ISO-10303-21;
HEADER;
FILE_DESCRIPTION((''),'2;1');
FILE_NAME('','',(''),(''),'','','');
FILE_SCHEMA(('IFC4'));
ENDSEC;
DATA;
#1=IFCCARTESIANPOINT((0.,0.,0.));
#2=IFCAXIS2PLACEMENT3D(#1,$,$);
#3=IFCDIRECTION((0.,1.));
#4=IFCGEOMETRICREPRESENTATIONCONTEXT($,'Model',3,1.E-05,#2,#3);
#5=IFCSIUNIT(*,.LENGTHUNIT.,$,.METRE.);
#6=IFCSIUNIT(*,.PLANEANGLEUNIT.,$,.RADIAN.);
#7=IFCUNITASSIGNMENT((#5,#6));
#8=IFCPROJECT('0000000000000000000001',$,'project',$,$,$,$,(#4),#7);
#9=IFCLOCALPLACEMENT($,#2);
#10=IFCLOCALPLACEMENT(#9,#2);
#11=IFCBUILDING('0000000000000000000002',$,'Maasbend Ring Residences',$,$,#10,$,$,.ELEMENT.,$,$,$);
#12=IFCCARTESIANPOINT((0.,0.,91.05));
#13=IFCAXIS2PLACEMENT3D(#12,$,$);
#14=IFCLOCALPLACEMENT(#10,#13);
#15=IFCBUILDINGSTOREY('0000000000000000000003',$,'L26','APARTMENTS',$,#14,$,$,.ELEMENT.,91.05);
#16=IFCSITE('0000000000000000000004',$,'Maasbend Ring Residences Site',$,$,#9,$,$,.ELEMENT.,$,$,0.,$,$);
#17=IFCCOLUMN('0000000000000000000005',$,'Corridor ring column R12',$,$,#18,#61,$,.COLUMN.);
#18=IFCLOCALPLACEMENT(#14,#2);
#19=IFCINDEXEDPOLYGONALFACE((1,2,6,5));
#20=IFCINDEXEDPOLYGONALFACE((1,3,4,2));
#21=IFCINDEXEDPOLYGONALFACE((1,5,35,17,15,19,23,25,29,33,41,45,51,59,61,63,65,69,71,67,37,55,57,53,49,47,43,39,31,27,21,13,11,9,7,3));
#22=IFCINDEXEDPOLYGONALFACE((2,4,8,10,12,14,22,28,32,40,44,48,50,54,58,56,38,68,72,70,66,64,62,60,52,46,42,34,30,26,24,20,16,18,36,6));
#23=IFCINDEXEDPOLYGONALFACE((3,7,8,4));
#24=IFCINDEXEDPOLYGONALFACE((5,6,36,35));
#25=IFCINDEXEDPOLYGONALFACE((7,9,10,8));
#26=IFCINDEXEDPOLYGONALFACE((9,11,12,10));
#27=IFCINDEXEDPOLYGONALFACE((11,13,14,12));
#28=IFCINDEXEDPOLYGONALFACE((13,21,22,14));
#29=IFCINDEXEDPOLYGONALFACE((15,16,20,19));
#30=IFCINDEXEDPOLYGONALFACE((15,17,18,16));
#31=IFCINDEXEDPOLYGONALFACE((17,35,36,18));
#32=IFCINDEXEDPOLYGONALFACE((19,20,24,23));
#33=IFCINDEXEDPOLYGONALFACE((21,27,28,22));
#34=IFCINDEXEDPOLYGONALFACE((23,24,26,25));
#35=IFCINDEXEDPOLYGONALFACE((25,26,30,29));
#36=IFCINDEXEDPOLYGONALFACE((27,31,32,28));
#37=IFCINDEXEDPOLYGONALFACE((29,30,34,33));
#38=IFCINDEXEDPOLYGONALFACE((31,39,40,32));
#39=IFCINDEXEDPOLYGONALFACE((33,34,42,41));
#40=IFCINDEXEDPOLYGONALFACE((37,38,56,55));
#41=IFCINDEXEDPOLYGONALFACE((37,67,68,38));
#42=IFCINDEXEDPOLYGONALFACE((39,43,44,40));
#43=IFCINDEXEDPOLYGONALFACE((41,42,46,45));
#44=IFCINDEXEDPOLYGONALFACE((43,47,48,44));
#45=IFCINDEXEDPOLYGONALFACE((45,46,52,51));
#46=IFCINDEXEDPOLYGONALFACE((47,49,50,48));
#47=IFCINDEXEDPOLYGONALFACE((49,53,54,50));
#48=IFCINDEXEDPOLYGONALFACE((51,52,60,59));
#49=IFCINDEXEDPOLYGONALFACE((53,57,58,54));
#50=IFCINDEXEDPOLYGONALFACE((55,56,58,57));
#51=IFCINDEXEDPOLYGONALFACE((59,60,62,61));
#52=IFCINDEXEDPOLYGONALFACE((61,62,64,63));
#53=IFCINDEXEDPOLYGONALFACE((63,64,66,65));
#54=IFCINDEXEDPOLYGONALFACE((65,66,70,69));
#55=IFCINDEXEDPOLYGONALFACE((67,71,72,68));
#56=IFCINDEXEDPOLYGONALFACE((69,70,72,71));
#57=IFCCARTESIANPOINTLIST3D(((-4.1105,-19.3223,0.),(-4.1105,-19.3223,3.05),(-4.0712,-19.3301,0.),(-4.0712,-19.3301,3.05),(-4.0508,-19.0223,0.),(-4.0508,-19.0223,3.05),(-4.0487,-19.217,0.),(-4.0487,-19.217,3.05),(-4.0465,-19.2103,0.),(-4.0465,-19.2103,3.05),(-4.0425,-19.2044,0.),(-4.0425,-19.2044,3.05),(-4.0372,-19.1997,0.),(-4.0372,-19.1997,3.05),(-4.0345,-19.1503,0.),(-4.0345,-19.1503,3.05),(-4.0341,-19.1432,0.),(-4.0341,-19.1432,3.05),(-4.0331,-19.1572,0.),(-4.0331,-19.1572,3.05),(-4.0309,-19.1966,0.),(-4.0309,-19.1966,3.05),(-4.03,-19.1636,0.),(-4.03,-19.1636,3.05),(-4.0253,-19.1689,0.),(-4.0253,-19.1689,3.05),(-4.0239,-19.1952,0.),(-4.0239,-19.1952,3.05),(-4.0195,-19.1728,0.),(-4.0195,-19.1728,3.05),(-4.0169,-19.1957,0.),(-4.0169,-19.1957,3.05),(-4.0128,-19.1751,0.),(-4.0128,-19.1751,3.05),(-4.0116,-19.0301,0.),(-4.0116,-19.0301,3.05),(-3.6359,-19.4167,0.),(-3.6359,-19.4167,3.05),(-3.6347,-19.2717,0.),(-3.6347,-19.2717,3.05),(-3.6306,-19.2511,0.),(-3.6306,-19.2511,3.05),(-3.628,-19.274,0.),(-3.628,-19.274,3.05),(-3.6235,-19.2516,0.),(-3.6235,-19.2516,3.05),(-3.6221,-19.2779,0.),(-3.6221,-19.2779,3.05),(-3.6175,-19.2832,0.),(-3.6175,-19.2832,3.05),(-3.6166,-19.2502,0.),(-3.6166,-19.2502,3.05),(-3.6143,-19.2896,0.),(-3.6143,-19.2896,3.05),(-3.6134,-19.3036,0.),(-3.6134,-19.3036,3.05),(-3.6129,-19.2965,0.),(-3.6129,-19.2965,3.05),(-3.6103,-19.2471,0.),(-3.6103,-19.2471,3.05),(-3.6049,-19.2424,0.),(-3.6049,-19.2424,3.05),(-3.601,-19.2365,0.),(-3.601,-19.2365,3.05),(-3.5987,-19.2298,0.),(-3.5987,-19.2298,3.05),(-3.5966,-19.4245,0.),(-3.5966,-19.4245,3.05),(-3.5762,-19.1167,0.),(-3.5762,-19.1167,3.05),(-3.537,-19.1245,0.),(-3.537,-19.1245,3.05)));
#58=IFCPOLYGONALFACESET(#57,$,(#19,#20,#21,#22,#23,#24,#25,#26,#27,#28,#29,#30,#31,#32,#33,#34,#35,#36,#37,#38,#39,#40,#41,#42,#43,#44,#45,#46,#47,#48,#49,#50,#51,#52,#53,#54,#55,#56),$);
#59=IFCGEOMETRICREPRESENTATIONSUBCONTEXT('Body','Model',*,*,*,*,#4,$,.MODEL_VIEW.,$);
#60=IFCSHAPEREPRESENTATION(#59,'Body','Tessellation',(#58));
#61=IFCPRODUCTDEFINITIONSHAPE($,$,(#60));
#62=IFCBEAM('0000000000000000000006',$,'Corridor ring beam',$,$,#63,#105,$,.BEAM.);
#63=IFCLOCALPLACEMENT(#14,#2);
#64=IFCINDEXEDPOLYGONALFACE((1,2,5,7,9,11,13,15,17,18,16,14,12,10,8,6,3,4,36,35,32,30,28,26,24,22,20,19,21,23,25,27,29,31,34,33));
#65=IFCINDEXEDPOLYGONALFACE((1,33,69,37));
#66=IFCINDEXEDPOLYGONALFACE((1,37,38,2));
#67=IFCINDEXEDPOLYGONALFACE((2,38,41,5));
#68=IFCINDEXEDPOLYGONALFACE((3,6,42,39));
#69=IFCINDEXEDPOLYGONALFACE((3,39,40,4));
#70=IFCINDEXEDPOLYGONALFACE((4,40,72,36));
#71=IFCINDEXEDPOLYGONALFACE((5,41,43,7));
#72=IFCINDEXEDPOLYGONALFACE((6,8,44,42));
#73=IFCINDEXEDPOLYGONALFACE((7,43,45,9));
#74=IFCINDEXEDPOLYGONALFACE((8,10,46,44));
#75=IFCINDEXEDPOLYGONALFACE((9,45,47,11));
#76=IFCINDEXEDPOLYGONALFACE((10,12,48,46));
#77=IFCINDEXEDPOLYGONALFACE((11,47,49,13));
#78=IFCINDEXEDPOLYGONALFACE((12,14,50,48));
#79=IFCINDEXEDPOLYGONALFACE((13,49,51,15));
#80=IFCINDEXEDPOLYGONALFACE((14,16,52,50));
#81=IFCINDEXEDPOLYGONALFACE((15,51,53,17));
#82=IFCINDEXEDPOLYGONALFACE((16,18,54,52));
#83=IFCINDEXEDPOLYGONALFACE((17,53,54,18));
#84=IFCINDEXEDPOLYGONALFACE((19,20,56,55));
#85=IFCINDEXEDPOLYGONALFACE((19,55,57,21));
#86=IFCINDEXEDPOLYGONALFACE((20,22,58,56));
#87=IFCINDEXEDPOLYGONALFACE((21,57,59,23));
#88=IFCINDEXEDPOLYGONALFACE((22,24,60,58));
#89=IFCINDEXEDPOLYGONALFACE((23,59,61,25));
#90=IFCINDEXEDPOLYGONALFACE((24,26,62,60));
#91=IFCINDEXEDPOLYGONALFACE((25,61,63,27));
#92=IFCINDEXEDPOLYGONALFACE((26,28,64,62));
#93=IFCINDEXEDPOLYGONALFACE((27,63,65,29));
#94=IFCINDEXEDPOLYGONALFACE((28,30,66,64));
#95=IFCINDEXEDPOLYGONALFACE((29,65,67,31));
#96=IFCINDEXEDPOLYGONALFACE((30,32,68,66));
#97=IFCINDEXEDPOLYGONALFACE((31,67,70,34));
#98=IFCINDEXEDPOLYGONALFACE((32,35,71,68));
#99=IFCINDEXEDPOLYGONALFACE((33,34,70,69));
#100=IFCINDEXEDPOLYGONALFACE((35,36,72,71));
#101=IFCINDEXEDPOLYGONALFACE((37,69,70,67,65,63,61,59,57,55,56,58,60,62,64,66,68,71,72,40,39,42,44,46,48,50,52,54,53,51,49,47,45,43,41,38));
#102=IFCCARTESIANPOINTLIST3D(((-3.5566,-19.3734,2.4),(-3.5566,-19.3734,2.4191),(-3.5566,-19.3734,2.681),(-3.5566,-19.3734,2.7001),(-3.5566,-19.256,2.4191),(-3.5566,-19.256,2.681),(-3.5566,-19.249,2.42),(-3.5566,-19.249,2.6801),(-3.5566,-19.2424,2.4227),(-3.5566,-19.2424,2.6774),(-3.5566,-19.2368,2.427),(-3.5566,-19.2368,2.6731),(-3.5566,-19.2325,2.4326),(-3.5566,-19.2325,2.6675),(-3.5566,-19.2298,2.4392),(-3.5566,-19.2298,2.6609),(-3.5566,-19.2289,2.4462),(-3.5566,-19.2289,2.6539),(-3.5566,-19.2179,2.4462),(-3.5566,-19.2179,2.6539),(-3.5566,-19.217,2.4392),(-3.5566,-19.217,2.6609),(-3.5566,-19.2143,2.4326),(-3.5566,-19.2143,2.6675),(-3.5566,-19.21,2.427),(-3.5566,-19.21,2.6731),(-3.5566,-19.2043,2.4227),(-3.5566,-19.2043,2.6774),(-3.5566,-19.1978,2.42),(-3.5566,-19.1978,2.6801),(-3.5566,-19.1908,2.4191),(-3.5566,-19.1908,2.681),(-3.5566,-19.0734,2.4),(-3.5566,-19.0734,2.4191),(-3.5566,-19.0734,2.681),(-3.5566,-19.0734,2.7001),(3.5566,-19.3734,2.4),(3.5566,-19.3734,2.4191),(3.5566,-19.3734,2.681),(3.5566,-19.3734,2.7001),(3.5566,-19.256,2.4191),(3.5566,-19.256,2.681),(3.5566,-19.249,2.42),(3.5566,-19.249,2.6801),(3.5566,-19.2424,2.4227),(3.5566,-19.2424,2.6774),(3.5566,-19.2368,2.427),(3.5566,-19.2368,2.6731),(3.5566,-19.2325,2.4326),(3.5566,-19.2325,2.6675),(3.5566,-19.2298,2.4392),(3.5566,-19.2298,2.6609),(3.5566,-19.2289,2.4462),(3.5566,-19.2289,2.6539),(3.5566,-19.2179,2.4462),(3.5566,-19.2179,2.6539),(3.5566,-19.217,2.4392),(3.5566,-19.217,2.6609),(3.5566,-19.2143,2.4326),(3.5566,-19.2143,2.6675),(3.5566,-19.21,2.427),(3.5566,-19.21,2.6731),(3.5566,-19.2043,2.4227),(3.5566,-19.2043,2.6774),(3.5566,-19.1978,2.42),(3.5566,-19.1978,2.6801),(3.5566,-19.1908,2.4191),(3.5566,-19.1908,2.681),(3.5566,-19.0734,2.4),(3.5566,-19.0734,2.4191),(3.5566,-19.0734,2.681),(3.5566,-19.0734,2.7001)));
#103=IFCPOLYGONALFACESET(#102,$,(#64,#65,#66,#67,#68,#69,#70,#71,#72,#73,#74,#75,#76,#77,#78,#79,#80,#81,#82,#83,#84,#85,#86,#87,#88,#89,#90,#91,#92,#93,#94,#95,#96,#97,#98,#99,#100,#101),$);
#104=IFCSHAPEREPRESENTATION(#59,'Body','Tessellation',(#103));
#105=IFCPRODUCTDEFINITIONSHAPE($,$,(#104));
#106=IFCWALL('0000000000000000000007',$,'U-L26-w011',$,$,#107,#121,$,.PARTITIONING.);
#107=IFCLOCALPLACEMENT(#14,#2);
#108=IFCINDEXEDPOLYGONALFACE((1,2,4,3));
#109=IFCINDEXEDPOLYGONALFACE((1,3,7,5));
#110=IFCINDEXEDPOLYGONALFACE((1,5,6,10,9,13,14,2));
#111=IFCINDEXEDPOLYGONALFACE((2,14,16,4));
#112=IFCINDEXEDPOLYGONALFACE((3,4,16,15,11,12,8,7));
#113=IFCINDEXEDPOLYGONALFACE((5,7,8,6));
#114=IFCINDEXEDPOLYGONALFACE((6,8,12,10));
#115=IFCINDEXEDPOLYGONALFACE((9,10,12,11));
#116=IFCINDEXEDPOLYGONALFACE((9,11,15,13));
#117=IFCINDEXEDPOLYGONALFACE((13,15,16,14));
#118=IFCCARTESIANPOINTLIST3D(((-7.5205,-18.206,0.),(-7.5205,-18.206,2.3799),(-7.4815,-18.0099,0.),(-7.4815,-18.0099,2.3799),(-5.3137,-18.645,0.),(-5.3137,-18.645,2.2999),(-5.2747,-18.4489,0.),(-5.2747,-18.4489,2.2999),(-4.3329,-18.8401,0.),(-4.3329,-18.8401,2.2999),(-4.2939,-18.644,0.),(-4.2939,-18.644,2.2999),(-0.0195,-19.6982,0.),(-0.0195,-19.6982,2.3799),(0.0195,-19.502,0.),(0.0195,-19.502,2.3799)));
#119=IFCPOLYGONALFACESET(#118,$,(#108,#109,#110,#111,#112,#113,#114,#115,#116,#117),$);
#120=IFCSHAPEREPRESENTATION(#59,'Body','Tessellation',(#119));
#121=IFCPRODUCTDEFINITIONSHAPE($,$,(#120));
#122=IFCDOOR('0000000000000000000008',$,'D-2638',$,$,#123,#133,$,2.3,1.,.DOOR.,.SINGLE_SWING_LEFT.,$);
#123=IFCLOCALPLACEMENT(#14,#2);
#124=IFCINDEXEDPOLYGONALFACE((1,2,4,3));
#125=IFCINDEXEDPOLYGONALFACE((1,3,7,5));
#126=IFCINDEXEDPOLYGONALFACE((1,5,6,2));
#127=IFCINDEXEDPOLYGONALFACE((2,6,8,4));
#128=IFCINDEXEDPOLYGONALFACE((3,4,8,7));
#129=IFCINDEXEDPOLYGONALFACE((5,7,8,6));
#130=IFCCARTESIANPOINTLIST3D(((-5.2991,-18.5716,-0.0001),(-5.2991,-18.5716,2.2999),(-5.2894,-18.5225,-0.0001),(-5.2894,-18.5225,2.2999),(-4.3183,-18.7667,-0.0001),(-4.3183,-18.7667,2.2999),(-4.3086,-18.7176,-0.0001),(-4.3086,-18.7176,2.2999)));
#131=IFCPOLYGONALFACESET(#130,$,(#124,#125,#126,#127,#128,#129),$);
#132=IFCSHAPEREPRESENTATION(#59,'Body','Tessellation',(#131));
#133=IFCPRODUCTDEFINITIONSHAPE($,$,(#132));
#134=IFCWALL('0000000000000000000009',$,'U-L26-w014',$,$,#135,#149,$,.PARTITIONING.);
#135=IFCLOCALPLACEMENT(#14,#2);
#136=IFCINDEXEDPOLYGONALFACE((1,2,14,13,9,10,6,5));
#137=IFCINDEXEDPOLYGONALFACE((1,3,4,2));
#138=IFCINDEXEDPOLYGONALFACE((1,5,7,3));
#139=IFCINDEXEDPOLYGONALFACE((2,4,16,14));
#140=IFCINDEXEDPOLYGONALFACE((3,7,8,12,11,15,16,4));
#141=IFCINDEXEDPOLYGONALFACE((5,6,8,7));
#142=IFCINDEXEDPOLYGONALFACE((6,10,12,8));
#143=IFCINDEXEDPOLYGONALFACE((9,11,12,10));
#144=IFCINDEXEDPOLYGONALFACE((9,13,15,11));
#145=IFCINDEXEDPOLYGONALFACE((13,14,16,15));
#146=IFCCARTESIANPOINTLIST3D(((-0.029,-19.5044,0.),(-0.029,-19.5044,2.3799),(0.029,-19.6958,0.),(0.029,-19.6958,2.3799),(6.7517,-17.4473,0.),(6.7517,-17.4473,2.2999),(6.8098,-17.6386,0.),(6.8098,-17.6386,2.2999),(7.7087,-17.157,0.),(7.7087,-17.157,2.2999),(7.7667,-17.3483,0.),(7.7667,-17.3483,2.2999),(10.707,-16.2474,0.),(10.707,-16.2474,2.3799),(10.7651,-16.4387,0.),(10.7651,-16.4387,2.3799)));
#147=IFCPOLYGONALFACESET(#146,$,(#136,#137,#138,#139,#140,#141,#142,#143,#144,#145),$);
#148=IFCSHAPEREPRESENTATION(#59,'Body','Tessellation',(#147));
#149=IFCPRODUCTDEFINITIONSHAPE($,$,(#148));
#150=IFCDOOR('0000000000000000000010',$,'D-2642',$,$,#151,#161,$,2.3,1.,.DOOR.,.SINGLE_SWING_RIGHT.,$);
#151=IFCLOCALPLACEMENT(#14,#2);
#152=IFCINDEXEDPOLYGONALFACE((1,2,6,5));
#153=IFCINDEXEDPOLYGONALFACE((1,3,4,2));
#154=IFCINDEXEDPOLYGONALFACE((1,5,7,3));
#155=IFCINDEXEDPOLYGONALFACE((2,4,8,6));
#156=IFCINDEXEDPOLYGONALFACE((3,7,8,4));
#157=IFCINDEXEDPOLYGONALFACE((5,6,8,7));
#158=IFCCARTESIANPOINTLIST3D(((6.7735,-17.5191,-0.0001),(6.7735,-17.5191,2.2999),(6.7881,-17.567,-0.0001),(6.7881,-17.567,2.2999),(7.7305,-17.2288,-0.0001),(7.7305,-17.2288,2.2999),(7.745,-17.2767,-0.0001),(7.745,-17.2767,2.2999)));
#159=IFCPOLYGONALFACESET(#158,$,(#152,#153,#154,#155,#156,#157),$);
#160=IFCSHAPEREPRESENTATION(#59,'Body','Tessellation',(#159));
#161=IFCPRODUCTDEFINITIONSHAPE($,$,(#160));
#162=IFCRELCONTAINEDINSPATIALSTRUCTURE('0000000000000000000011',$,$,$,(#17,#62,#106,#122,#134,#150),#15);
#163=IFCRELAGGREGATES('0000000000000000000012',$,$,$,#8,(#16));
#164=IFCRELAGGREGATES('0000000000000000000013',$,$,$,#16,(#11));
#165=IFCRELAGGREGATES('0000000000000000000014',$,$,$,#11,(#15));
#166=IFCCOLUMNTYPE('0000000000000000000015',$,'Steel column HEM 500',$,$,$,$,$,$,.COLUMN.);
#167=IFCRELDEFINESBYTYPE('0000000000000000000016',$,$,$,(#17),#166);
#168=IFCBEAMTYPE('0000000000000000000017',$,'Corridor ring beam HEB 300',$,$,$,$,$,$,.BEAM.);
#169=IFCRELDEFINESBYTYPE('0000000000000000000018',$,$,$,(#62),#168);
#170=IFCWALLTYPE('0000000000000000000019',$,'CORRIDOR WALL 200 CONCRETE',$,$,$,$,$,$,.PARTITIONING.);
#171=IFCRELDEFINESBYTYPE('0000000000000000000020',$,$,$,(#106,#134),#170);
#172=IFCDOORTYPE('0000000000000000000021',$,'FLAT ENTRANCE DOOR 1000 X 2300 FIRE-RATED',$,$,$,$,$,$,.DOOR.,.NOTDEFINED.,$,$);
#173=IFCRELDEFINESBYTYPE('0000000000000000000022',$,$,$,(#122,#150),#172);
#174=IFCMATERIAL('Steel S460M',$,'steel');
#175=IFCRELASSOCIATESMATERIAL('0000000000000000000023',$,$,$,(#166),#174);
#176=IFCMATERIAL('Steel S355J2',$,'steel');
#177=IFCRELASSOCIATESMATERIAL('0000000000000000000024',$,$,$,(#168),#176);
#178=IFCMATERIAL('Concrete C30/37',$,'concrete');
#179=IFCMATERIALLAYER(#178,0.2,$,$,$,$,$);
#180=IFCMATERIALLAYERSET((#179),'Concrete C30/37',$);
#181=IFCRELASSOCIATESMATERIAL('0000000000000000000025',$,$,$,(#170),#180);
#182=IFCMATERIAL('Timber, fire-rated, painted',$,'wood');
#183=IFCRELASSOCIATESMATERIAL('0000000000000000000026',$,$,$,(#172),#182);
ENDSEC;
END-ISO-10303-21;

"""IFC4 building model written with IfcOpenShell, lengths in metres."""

from ifc_helpers import new_model, si_unit, direction, frame, frame_2d, origin, origin_2d, place, context, subcontext, project, spatial, rectangle, i_section, extrude, material, layer, layer_set, material_profile, profile_set, type_object, element, fill, save


model = new_model("IFC4")

# Units and contexts
model_context = context("Model", 3, precision=1e-05, world=origin(), true_north=direction((0.0, 1.0)))
body_context = subcontext(model_context, "Body", "Model", "MODEL_VIEW")
ifc_project = project(units=[si_unit("LENGTHUNIT", "METRE"), si_unit("PLANEANGLEUNIT", "RADIAN")], contexts=[model_context])

# Site, building, storey
site_placement = place(None, origin())
site = spatial("IfcSite", under=ifc_project, at=site_placement, Name="Maasbend Ring Residences Site", CompositionType="ELEMENT", RefElevation=0.0)
building_placement = place(site_placement, origin())
building = spatial("IfcBuilding", under=site, at=building_placement, Name="Maasbend Ring Residences", CompositionType="ELEMENT")
storey_placement = place(building_placement, frame((0.0, 0.0, 91.05)))
storey = spatial("IfcBuildingStorey", under=building, at=storey_placement, Name="L26", Description="APARTMENTS", CompositionType="ELEMENT", Elevation=91.05)

# Column
ifc_material_1 = material(Name="Steel S460M", Category="steel")
ifc_material_profile_1 = material_profile(ifc_material_1, i_section(OverallWidth=0.3059, OverallDepth=0.5239, WebThickness=0.021, FlangeThickness=0.04, FilletRadius=0.0271, at=origin_2d()), Name="HEM 500")
ifc_profile_set_1 = profile_set([ifc_material_profile_1], Name="Steel S460M")
column_type = type_object("IfcColumnType", Name="Steel column HEM 500", PredefinedType="COLUMN", material=ifc_profile_set_1)
column_placement = place(storey_placement, frame((-3.8237, -19.2234, 0.0), z_axis=(0.0, 0.0, 1.0), x_axis=(-0.19509, -0.980785, 0.0)))
element("IfcColumn", 1, at=column_placement, inside=storey, type_object=column_type, Name="Corridor ring column R12", PredefinedType="COLUMN", context=body_context, shape_type="SweptSolid", body=[
    extrude(i_section(OverallWidth=0.3059, OverallDepth=0.5239, WebThickness=0.021, FlangeThickness=0.04, FilletRadius=0.0271, at=origin_2d()), origin(), (0.0, 0.0, 1.0), 3.05),
])

# Beam
ifc_material_2 = material(Name="Steel S355J2", Category="steel")
ifc_material_profile_2 = material_profile(ifc_material_2, i_section(OverallWidth=0.3, OverallDepth=0.3, WebThickness=0.011, FlangeThickness=0.019, FilletRadius=0.0271, at=origin_2d()), Name="HEB 300")
ifc_profile_set_2 = profile_set([ifc_material_profile_2], Name="Steel S355J2")
beam_type = type_object("IfcBeamType", Name="Corridor ring beam HEB 300", PredefinedType="BEAM", material=ifc_profile_set_2)
beam_placement = place(storey_placement, frame((-3.5566, -19.2234, 2.55), z_axis=(1.0, 0.0, 0.0), x_axis=(0.0, 1.0, 0.0)))
element("IfcBeam", 2, at=beam_placement, inside=storey, type_object=beam_type, Name="Corridor ring beam", PredefinedType="BEAM", context=body_context, shape_type="SweptSolid", body=[
    extrude(i_section(OverallWidth=0.3, OverallDepth=0.3, WebThickness=0.011, FlangeThickness=0.019, FilletRadius=0.0271, at=origin_2d()), origin(), (0.0, 0.0, 1.0), 7.1133),
])

# Walls, openings, doors
ifc_material_3 = material(Name="Concrete C30/37", Category="concrete")
ifc_layer_1 = layer(ifc_material_3, 0.2)
ifc_layer_set_1 = layer_set([ifc_layer_1], Name="Concrete C30/37")
wall_type_1 = type_object("IfcWallType", Name="CORRIDOR WALL 200 CONCRETE", PredefinedType="PARTITIONING", material=ifc_layer_set_1)
wall_1_placement = place(storey_placement, frame((-7.501, -18.1079, 0.0), z_axis=(0.0, 0.0, 1.0), x_axis=(0.980782, -0.195109, 0.0)))
wall_1 = element("IfcWall", 3, at=wall_1_placement, inside=storey, type_object=wall_type_1, Name="U-L26-w011", PredefinedType="PARTITIONING", context=body_context, shape_type="SweptSolid", body=[
    extrude(rectangle(XDim=7.6479, YDim=0.2, at=frame_2d((3.824, 0.0))), origin(), (0.0, 0.0, 1.0), 2.3799),
])
opening_1_placement = place(wall_1_placement, frame((2.25, 0.0, 0.0)))
opening_1 = element("IfcOpeningElement", 4, at=opening_1_placement, cuts=wall_1, PredefinedType="OPENING", context=body_context, shape_type="SweptSolid", body=[
    extrude(rectangle(XDim=1.0, YDim=2.3, at=frame_2d((0.5, 1.1499))), frame((0.0, 0.1099, 0.0), z_axis=(0.0, -1.0, 0.0), x_axis=(1.0, 0.0, 0.0)), (0.0, 0.0, 1.0), 0.22),
])
ifc_material_4 = material(Name="Timber, fire-rated, painted", Category="wood")
door_type_1 = type_object("IfcDoorType", Name="FLAT ENTRANCE DOOR 1000 X 2300 FIRE-RATED", OperationType="NOTDEFINED", PredefinedType="DOOR", material=ifc_material_4)
door_1_placement = place(opening_1_placement, origin())
door_1 = element("IfcDoor", 5, at=door_1_placement, inside=storey, type_object=door_type_1, Name="D-2638", OperationType="SINGLE_SWING_LEFT", OverallHeight=2.3, OverallWidth=1.0, PredefinedType="DOOR", context=body_context, shape_type="SweptSolid", body=[
    extrude(rectangle(XDim=1.0, YDim=2.3, at=frame_2d((0.5, 1.1499))), frame((0.0, 0.0249, 0.0), z_axis=(0.0, -1.0, 0.0), x_axis=(1.0, 0.0, 0.0)), (0.0, 0.0, 1.0), 0.05),
])
fill(opening_1, door_1)
wall_2_placement = place(storey_placement, frame((0.0, -19.6001, 0.0), z_axis=(0.0, 0.0, 1.0), x_axis=(0.956932, 0.290311, 0.0)))
wall_2 = element("IfcWall", 6, at=wall_2_placement, inside=storey, type_object=wall_type_1, Name="U-L26-w014", PredefinedType="PARTITIONING", context=body_context, shape_type="SweptSolid", body=[
    extrude(rectangle(XDim=11.2192, YDim=0.2, at=frame_2d((5.6096, 0.0))), origin(), (0.0, 0.0, 1.0), 2.3799),
])
opening_2_placement = place(wall_2_placement, frame((7.0859, 0.0, 0.0)))
opening_2 = element("IfcOpeningElement", 7, at=opening_2_placement, cuts=wall_2, PredefinedType="OPENING", context=body_context, shape_type="SweptSolid", body=[
    extrude(rectangle(XDim=1.0, YDim=2.3, at=frame_2d((0.5, 1.1499))), frame((0.0, 0.1099, 0.0), z_axis=(0.0, -1.0, 0.0), x_axis=(1.0, 0.0, 0.0)), (0.0, 0.0, 1.0), 0.22),
])
door_2_placement = place(opening_2_placement, origin())
door_2 = element("IfcDoor", 8, at=door_2_placement, inside=storey, type_object=door_type_1, Name="D-2642", OperationType="SINGLE_SWING_RIGHT", OverallHeight=2.3, OverallWidth=1.0, PredefinedType="DOOR", context=body_context, shape_type="SweptSolid", body=[
    extrude(rectangle(XDim=1.0, YDim=2.3, at=frame_2d((0.5, 1.1499))), frame((0.0, 0.0249, 0.0), z_axis=(0.0, -1.0, 0.0), x_axis=(1.0, 0.0, 0.0)), (0.0, 0.0, 1.0), 0.05),
])
fill(opening_2, door_2)

save(model, "model.ifc")
